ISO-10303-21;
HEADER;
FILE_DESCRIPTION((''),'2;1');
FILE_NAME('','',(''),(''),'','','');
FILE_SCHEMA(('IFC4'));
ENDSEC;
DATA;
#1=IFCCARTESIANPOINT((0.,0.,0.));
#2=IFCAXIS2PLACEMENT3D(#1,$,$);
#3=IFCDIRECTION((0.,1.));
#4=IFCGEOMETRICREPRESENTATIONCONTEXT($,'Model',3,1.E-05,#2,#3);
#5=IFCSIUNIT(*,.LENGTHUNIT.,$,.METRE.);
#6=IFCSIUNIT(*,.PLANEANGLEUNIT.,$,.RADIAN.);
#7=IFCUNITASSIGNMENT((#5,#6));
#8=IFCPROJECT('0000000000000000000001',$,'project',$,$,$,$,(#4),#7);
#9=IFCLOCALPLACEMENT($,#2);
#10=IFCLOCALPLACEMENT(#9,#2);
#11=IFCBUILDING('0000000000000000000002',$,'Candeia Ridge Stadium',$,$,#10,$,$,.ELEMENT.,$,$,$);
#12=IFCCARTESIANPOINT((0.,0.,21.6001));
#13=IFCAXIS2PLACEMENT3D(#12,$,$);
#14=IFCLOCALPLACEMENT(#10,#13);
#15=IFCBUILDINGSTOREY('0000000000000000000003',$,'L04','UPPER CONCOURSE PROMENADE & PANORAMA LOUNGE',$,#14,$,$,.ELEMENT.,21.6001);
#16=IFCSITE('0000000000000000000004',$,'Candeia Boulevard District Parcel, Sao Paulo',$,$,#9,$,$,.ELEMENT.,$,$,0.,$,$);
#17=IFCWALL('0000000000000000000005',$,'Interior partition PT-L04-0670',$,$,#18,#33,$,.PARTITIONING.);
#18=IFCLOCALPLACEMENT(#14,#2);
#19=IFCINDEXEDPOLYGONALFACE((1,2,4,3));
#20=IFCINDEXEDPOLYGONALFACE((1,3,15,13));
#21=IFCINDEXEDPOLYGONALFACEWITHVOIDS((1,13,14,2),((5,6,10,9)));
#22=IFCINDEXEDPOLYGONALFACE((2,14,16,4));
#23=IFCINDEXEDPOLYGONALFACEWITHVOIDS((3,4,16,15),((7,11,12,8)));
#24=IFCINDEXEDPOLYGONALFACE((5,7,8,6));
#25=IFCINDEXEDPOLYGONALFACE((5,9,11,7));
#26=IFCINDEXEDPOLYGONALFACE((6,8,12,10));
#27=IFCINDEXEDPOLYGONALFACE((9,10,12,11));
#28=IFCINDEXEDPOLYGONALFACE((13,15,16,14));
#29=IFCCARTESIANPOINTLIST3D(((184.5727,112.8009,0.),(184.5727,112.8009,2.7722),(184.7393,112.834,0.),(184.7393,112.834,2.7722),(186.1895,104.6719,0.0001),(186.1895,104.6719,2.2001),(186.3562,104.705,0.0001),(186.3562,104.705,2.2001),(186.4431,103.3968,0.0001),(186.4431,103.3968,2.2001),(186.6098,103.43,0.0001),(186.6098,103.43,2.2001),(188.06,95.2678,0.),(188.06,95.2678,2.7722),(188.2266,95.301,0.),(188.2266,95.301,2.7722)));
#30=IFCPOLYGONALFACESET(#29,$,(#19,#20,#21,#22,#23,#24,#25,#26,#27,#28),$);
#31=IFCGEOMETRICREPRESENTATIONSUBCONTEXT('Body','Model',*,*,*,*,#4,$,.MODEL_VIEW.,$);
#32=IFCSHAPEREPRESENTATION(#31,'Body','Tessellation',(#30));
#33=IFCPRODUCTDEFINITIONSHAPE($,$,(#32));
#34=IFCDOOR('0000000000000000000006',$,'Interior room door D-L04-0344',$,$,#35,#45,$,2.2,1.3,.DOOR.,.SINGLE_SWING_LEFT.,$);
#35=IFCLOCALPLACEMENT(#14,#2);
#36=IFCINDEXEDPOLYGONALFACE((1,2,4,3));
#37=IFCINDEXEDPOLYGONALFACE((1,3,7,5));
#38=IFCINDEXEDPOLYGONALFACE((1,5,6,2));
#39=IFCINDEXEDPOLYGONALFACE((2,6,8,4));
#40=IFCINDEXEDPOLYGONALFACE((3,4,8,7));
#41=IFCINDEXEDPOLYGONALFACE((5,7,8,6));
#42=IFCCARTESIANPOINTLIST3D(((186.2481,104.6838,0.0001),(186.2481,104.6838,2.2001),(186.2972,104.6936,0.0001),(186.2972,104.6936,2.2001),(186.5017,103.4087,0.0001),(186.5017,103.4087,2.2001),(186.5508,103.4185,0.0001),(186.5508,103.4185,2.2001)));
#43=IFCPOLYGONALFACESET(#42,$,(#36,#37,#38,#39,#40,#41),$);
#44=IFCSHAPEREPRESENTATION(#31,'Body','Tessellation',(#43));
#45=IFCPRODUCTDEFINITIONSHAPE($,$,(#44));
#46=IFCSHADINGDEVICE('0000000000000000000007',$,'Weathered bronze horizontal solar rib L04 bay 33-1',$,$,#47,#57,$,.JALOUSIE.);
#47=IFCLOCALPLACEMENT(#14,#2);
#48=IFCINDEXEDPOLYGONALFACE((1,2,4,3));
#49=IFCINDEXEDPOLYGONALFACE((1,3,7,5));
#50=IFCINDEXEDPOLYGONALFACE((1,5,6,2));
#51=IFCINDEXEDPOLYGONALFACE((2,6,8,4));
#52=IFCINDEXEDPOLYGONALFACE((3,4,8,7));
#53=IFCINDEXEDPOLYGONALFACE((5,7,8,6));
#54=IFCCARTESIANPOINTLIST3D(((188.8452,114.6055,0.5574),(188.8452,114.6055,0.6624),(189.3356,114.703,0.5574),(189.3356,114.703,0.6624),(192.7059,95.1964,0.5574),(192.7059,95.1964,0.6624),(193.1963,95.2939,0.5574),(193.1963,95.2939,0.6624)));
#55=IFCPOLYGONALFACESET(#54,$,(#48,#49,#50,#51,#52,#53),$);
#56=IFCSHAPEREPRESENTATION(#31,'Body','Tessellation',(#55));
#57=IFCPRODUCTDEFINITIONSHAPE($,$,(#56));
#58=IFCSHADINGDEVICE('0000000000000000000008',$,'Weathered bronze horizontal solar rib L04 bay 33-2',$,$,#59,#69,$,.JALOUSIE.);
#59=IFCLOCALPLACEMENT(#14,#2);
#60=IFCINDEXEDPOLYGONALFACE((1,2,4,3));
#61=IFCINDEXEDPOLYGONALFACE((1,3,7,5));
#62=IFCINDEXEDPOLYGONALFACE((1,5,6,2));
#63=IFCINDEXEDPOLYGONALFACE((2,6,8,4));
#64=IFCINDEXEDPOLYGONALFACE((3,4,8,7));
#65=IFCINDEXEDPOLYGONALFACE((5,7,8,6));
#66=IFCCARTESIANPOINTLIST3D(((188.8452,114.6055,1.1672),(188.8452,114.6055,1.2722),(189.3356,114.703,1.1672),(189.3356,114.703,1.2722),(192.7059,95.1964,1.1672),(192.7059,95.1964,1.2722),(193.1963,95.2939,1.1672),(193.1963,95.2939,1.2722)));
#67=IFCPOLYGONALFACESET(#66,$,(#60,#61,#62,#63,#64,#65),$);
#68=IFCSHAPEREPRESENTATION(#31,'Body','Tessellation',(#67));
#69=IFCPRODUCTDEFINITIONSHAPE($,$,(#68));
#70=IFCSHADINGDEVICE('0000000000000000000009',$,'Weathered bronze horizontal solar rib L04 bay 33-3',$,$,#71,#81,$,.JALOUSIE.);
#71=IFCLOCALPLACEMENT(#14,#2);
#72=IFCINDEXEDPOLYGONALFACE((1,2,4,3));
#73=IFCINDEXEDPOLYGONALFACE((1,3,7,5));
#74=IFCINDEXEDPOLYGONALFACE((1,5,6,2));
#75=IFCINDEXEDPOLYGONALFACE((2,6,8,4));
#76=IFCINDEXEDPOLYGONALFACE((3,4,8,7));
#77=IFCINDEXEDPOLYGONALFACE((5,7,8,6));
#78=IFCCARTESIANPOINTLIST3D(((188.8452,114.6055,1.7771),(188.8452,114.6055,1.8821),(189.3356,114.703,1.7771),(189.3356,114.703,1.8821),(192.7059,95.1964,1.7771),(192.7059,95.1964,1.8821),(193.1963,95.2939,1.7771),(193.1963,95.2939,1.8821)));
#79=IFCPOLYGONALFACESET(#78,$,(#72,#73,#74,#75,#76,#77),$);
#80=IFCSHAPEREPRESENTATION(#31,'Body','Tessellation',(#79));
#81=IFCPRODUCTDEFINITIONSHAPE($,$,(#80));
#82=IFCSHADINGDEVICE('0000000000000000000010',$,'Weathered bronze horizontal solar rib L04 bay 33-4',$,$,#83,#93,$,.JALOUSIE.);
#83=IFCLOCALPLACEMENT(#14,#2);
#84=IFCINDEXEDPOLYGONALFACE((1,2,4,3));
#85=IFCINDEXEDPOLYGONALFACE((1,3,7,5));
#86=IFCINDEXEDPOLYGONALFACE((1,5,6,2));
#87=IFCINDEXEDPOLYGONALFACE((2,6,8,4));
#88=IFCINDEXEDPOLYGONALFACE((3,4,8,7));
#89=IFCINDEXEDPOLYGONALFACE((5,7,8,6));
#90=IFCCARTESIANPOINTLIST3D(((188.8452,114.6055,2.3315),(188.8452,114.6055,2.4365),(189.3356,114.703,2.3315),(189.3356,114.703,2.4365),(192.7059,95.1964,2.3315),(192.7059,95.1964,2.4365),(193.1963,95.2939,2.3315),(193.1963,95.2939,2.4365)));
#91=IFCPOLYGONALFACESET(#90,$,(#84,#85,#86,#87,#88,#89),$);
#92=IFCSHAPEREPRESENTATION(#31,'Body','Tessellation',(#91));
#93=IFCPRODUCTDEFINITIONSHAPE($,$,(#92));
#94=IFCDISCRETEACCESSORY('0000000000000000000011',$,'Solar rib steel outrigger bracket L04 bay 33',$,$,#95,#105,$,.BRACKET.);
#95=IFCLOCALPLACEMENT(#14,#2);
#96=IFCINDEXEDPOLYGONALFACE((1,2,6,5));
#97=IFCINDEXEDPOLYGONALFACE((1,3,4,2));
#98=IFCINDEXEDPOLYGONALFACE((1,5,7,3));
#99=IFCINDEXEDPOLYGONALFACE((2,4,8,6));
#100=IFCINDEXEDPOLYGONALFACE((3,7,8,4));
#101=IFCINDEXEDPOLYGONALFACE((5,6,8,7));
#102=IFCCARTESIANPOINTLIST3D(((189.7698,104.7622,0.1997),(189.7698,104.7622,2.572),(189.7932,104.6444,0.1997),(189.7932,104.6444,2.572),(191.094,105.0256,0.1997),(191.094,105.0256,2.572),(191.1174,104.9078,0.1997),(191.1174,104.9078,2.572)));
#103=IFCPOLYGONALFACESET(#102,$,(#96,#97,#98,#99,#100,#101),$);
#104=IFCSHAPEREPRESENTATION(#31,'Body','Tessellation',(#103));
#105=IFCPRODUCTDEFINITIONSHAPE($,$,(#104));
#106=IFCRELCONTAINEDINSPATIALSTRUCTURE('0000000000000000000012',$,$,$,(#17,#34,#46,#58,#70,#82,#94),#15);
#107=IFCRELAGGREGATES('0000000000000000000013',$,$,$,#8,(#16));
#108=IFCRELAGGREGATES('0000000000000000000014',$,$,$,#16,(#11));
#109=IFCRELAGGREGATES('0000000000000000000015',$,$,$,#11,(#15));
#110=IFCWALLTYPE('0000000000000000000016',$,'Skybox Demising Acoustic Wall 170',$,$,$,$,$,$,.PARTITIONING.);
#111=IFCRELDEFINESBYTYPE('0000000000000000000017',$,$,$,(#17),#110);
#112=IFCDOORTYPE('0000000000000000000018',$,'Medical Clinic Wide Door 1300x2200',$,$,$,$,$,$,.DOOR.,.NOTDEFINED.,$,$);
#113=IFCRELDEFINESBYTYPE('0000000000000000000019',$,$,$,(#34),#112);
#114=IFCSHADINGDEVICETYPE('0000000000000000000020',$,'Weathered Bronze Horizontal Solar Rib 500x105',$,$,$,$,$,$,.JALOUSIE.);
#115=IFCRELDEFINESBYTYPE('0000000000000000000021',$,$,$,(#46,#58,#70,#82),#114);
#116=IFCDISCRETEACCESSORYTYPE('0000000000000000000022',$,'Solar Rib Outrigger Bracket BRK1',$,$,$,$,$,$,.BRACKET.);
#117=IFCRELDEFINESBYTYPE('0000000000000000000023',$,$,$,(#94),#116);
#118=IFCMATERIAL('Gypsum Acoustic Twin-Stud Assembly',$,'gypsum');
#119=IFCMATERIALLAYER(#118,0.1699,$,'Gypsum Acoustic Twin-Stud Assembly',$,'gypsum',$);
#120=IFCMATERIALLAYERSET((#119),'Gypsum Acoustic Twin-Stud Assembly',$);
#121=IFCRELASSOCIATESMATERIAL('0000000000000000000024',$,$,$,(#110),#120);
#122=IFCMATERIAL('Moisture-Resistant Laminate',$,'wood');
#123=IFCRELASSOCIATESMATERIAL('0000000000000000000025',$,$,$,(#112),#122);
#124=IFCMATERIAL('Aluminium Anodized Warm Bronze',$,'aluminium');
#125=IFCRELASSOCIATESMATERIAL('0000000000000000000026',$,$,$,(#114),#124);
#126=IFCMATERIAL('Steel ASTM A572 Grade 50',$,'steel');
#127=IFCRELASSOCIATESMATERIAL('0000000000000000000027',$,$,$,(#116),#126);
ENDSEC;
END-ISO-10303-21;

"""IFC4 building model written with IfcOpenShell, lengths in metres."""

from ifc_helpers import new_model, si_unit, direction, frame, frame_2d, origin, origin_2d, place, context, subcontext, project, spatial, rectangle, extrude, material, layer, layer_set, type_object, element, fill, save


model = new_model("IFC4")

# Units and contexts
model_context = context("Model", 3, precision=1e-05, world=origin(), true_north=direction((0.0, 1.0)))
body_context = subcontext(model_context, "Body", "Model", "MODEL_VIEW")
ifc_project = project(units=[si_unit("LENGTHUNIT", "METRE"), si_unit("PLANEANGLEUNIT", "RADIAN")], contexts=[model_context])

# Site, building, storey
site_placement = place(None, origin())
site = spatial("IfcSite", under=ifc_project, at=site_placement, Name="Candeia Boulevard District Parcel, Sao Paulo", CompositionType="ELEMENT", RefElevation=0.0)
building_placement = place(site_placement, origin())
building = spatial("IfcBuilding", under=site, at=building_placement, Name="Candeia Ridge Stadium", CompositionType="ELEMENT")
storey_placement = place(building_placement, frame((0.0, 0.0, 21.6001)))
storey = spatial("IfcBuildingStorey", under=building, at=storey_placement, Name="L04", Description="UPPER CONCOURSE PROMENADE & PANORAMA LOUNGE", CompositionType="ELEMENT", Elevation=21.6001)

# Shared definitions
ifc_material_1 = material(Name="Aluminium Anodized Warm Bronze", Category="aluminium")

# Wall, opening, door
ifc_material_2 = material(Name="Gypsum Acoustic Twin-Stud Assembly", Category="gypsum")
ifc_layer_1 = layer(ifc_material_2, 0.1699, Name="Gypsum Acoustic Twin-Stud Assembly", Category="gypsum")
ifc_layer_set_1 = layer_set([ifc_layer_1], Name="Gypsum Acoustic Twin-Stud Assembly")
wall_type = type_object("IfcWallType", Name="Skybox Demising Acoustic Wall 170", PredefinedType="PARTITIONING", material=ifc_layer_set_1)
wall_placement = place(storey_placement, frame((188.1433, 95.2844, 0.0), z_axis=(0.0, 0.0, 1.0), x_axis=(-0.195079, 0.980788, 0.0)))
wall = element("IfcWall", 1, at=wall_placement, inside=storey, type_object=wall_type, Name="Interior partition PT-L04-0670", PredefinedType="PARTITIONING", context=body_context, shape_type="SweptSolid", body=[
    extrude(rectangle(XDim=17.8765, YDim=0.1699, at=frame_2d((8.9382, 0.0))), origin(), (0.0, 0.0, 1.0), 2.7722),
])
opening_placement = place(wall_placement, frame((8.2883, 0.0, 0.0)))
opening = element("IfcOpeningElement", 2, at=opening_placement, cuts=wall, PredefinedType="OPENING", context=body_context, shape_type="SweptSolid", body=[
    extrude(rectangle(XDim=1.3, YDim=2.2, at=frame_2d((0.6499, 1.1001))), frame((0.0, 0.095, 0.0), z_axis=(0.0, -1.0, 0.0), x_axis=(1.0, 0.0, 0.0)), (0.0, 0.0, 1.0), 0.1899),
])
ifc_material_3 = material(Name="Moisture-Resistant Laminate", Category="wood")
door_type = type_object("IfcDoorType", Name="Medical Clinic Wide Door 1300x2200", OperationType="NOTDEFINED", PredefinedType="DOOR", material=ifc_material_3)
door_placement = place(opening_placement, frame((1.3, 0.0, 0.0), z_axis=(0.0, 0.0, 1.0), x_axis=(-1.0, 0.0, 0.0)))
door = element("IfcDoor", 3, at=door_placement, inside=storey, type_object=door_type, Name="Interior room door D-L04-0344", OperationType="SINGLE_SWING_LEFT", OverallHeight=2.2, OverallWidth=1.3, PredefinedType="DOOR", context=body_context, shape_type="SweptSolid", body=[
    extrude(rectangle(XDim=1.3, YDim=2.2, at=frame_2d((0.6499, 1.1001))), frame((0.0, 0.0249, 0.0), z_axis=(0.0, -1.0, 0.0), x_axis=(1.0, 0.0, 0.0)), (0.0, 0.0, 1.0), 0.05),
])
fill(opening, door)

# Shading devices
shading_device_type = type_object("IfcShadingDeviceType", Name="Weathered Bronze Horizontal Solar Rib 500x105", PredefinedType="JALOUSIE", material=ifc_material_1)
for number, where, z_axis, x_axis, name in (
    (4, (191.0208, 104.9497, 0.5574), (0.0, 0.0, 1.0), (-0.19509, 0.980785, 0.0), "Weathered bronze horizontal solar rib L04 bay 33-1"),
    (5, (191.0208, 104.9497, 1.1672), (0.0, 0.0, 1.0), (-0.19509, 0.980785, 0.0), "Weathered bronze horizontal solar rib L04 bay 33-2"),
    (6, (191.0208, 104.9497, 1.7771), (0.0, 0.0, 1.0), (-0.19509, 0.980785, 0.0), "Weathered bronze horizontal solar rib L04 bay 33-3"),
    (7, (191.0208, 104.9497, 2.3315), (0.0, 0.0, 1.0), (-0.19509, 0.980785, 0.0), "Weathered bronze horizontal solar rib L04 bay 33-4"),
):
    element("IfcShadingDevice", number, at=place(storey_placement, frame(where, z_axis=z_axis, x_axis=x_axis)), inside=storey, type_object=shading_device_type, Name=name, PredefinedType="JALOUSIE", context=body_context, shape_type="SweptSolid", body=[
        extrude(rectangle(XDim=19.7893, YDim=0.5, at=origin_2d()), origin(), (0.0, 0.0, 1.0), 0.105),
    ])

# Discrete accessory
ifc_material_4 = material(Name="Steel ASTM A572 Grade 50", Category="steel")
discrete_accessory_type = type_object("IfcDiscreteAccessoryType", Name="Solar Rib Outrigger Bracket BRK1", PredefinedType="BRACKET", material=ifc_material_4)
discrete_accessory_placement = place(storey_placement, frame((190.4436, 104.835, 0.1997), z_axis=(0.0, 0.0, 1.0), x_axis=(0.980785, 0.19509, 0.0)))
element("IfcDiscreteAccessory", 8, at=discrete_accessory_placement, inside=storey, type_object=discrete_accessory_type, Name="Solar rib steel outrigger bracket L04 bay 33", PredefinedType="BRACKET", context=body_context, shape_type="SweptSolid", body=[
    extrude(rectangle(XDim=1.3501, YDim=0.1201, at=origin_2d()), origin(), (0.0, 0.0, 1.0), 2.3723),
])

save(model, "model.ifc")
